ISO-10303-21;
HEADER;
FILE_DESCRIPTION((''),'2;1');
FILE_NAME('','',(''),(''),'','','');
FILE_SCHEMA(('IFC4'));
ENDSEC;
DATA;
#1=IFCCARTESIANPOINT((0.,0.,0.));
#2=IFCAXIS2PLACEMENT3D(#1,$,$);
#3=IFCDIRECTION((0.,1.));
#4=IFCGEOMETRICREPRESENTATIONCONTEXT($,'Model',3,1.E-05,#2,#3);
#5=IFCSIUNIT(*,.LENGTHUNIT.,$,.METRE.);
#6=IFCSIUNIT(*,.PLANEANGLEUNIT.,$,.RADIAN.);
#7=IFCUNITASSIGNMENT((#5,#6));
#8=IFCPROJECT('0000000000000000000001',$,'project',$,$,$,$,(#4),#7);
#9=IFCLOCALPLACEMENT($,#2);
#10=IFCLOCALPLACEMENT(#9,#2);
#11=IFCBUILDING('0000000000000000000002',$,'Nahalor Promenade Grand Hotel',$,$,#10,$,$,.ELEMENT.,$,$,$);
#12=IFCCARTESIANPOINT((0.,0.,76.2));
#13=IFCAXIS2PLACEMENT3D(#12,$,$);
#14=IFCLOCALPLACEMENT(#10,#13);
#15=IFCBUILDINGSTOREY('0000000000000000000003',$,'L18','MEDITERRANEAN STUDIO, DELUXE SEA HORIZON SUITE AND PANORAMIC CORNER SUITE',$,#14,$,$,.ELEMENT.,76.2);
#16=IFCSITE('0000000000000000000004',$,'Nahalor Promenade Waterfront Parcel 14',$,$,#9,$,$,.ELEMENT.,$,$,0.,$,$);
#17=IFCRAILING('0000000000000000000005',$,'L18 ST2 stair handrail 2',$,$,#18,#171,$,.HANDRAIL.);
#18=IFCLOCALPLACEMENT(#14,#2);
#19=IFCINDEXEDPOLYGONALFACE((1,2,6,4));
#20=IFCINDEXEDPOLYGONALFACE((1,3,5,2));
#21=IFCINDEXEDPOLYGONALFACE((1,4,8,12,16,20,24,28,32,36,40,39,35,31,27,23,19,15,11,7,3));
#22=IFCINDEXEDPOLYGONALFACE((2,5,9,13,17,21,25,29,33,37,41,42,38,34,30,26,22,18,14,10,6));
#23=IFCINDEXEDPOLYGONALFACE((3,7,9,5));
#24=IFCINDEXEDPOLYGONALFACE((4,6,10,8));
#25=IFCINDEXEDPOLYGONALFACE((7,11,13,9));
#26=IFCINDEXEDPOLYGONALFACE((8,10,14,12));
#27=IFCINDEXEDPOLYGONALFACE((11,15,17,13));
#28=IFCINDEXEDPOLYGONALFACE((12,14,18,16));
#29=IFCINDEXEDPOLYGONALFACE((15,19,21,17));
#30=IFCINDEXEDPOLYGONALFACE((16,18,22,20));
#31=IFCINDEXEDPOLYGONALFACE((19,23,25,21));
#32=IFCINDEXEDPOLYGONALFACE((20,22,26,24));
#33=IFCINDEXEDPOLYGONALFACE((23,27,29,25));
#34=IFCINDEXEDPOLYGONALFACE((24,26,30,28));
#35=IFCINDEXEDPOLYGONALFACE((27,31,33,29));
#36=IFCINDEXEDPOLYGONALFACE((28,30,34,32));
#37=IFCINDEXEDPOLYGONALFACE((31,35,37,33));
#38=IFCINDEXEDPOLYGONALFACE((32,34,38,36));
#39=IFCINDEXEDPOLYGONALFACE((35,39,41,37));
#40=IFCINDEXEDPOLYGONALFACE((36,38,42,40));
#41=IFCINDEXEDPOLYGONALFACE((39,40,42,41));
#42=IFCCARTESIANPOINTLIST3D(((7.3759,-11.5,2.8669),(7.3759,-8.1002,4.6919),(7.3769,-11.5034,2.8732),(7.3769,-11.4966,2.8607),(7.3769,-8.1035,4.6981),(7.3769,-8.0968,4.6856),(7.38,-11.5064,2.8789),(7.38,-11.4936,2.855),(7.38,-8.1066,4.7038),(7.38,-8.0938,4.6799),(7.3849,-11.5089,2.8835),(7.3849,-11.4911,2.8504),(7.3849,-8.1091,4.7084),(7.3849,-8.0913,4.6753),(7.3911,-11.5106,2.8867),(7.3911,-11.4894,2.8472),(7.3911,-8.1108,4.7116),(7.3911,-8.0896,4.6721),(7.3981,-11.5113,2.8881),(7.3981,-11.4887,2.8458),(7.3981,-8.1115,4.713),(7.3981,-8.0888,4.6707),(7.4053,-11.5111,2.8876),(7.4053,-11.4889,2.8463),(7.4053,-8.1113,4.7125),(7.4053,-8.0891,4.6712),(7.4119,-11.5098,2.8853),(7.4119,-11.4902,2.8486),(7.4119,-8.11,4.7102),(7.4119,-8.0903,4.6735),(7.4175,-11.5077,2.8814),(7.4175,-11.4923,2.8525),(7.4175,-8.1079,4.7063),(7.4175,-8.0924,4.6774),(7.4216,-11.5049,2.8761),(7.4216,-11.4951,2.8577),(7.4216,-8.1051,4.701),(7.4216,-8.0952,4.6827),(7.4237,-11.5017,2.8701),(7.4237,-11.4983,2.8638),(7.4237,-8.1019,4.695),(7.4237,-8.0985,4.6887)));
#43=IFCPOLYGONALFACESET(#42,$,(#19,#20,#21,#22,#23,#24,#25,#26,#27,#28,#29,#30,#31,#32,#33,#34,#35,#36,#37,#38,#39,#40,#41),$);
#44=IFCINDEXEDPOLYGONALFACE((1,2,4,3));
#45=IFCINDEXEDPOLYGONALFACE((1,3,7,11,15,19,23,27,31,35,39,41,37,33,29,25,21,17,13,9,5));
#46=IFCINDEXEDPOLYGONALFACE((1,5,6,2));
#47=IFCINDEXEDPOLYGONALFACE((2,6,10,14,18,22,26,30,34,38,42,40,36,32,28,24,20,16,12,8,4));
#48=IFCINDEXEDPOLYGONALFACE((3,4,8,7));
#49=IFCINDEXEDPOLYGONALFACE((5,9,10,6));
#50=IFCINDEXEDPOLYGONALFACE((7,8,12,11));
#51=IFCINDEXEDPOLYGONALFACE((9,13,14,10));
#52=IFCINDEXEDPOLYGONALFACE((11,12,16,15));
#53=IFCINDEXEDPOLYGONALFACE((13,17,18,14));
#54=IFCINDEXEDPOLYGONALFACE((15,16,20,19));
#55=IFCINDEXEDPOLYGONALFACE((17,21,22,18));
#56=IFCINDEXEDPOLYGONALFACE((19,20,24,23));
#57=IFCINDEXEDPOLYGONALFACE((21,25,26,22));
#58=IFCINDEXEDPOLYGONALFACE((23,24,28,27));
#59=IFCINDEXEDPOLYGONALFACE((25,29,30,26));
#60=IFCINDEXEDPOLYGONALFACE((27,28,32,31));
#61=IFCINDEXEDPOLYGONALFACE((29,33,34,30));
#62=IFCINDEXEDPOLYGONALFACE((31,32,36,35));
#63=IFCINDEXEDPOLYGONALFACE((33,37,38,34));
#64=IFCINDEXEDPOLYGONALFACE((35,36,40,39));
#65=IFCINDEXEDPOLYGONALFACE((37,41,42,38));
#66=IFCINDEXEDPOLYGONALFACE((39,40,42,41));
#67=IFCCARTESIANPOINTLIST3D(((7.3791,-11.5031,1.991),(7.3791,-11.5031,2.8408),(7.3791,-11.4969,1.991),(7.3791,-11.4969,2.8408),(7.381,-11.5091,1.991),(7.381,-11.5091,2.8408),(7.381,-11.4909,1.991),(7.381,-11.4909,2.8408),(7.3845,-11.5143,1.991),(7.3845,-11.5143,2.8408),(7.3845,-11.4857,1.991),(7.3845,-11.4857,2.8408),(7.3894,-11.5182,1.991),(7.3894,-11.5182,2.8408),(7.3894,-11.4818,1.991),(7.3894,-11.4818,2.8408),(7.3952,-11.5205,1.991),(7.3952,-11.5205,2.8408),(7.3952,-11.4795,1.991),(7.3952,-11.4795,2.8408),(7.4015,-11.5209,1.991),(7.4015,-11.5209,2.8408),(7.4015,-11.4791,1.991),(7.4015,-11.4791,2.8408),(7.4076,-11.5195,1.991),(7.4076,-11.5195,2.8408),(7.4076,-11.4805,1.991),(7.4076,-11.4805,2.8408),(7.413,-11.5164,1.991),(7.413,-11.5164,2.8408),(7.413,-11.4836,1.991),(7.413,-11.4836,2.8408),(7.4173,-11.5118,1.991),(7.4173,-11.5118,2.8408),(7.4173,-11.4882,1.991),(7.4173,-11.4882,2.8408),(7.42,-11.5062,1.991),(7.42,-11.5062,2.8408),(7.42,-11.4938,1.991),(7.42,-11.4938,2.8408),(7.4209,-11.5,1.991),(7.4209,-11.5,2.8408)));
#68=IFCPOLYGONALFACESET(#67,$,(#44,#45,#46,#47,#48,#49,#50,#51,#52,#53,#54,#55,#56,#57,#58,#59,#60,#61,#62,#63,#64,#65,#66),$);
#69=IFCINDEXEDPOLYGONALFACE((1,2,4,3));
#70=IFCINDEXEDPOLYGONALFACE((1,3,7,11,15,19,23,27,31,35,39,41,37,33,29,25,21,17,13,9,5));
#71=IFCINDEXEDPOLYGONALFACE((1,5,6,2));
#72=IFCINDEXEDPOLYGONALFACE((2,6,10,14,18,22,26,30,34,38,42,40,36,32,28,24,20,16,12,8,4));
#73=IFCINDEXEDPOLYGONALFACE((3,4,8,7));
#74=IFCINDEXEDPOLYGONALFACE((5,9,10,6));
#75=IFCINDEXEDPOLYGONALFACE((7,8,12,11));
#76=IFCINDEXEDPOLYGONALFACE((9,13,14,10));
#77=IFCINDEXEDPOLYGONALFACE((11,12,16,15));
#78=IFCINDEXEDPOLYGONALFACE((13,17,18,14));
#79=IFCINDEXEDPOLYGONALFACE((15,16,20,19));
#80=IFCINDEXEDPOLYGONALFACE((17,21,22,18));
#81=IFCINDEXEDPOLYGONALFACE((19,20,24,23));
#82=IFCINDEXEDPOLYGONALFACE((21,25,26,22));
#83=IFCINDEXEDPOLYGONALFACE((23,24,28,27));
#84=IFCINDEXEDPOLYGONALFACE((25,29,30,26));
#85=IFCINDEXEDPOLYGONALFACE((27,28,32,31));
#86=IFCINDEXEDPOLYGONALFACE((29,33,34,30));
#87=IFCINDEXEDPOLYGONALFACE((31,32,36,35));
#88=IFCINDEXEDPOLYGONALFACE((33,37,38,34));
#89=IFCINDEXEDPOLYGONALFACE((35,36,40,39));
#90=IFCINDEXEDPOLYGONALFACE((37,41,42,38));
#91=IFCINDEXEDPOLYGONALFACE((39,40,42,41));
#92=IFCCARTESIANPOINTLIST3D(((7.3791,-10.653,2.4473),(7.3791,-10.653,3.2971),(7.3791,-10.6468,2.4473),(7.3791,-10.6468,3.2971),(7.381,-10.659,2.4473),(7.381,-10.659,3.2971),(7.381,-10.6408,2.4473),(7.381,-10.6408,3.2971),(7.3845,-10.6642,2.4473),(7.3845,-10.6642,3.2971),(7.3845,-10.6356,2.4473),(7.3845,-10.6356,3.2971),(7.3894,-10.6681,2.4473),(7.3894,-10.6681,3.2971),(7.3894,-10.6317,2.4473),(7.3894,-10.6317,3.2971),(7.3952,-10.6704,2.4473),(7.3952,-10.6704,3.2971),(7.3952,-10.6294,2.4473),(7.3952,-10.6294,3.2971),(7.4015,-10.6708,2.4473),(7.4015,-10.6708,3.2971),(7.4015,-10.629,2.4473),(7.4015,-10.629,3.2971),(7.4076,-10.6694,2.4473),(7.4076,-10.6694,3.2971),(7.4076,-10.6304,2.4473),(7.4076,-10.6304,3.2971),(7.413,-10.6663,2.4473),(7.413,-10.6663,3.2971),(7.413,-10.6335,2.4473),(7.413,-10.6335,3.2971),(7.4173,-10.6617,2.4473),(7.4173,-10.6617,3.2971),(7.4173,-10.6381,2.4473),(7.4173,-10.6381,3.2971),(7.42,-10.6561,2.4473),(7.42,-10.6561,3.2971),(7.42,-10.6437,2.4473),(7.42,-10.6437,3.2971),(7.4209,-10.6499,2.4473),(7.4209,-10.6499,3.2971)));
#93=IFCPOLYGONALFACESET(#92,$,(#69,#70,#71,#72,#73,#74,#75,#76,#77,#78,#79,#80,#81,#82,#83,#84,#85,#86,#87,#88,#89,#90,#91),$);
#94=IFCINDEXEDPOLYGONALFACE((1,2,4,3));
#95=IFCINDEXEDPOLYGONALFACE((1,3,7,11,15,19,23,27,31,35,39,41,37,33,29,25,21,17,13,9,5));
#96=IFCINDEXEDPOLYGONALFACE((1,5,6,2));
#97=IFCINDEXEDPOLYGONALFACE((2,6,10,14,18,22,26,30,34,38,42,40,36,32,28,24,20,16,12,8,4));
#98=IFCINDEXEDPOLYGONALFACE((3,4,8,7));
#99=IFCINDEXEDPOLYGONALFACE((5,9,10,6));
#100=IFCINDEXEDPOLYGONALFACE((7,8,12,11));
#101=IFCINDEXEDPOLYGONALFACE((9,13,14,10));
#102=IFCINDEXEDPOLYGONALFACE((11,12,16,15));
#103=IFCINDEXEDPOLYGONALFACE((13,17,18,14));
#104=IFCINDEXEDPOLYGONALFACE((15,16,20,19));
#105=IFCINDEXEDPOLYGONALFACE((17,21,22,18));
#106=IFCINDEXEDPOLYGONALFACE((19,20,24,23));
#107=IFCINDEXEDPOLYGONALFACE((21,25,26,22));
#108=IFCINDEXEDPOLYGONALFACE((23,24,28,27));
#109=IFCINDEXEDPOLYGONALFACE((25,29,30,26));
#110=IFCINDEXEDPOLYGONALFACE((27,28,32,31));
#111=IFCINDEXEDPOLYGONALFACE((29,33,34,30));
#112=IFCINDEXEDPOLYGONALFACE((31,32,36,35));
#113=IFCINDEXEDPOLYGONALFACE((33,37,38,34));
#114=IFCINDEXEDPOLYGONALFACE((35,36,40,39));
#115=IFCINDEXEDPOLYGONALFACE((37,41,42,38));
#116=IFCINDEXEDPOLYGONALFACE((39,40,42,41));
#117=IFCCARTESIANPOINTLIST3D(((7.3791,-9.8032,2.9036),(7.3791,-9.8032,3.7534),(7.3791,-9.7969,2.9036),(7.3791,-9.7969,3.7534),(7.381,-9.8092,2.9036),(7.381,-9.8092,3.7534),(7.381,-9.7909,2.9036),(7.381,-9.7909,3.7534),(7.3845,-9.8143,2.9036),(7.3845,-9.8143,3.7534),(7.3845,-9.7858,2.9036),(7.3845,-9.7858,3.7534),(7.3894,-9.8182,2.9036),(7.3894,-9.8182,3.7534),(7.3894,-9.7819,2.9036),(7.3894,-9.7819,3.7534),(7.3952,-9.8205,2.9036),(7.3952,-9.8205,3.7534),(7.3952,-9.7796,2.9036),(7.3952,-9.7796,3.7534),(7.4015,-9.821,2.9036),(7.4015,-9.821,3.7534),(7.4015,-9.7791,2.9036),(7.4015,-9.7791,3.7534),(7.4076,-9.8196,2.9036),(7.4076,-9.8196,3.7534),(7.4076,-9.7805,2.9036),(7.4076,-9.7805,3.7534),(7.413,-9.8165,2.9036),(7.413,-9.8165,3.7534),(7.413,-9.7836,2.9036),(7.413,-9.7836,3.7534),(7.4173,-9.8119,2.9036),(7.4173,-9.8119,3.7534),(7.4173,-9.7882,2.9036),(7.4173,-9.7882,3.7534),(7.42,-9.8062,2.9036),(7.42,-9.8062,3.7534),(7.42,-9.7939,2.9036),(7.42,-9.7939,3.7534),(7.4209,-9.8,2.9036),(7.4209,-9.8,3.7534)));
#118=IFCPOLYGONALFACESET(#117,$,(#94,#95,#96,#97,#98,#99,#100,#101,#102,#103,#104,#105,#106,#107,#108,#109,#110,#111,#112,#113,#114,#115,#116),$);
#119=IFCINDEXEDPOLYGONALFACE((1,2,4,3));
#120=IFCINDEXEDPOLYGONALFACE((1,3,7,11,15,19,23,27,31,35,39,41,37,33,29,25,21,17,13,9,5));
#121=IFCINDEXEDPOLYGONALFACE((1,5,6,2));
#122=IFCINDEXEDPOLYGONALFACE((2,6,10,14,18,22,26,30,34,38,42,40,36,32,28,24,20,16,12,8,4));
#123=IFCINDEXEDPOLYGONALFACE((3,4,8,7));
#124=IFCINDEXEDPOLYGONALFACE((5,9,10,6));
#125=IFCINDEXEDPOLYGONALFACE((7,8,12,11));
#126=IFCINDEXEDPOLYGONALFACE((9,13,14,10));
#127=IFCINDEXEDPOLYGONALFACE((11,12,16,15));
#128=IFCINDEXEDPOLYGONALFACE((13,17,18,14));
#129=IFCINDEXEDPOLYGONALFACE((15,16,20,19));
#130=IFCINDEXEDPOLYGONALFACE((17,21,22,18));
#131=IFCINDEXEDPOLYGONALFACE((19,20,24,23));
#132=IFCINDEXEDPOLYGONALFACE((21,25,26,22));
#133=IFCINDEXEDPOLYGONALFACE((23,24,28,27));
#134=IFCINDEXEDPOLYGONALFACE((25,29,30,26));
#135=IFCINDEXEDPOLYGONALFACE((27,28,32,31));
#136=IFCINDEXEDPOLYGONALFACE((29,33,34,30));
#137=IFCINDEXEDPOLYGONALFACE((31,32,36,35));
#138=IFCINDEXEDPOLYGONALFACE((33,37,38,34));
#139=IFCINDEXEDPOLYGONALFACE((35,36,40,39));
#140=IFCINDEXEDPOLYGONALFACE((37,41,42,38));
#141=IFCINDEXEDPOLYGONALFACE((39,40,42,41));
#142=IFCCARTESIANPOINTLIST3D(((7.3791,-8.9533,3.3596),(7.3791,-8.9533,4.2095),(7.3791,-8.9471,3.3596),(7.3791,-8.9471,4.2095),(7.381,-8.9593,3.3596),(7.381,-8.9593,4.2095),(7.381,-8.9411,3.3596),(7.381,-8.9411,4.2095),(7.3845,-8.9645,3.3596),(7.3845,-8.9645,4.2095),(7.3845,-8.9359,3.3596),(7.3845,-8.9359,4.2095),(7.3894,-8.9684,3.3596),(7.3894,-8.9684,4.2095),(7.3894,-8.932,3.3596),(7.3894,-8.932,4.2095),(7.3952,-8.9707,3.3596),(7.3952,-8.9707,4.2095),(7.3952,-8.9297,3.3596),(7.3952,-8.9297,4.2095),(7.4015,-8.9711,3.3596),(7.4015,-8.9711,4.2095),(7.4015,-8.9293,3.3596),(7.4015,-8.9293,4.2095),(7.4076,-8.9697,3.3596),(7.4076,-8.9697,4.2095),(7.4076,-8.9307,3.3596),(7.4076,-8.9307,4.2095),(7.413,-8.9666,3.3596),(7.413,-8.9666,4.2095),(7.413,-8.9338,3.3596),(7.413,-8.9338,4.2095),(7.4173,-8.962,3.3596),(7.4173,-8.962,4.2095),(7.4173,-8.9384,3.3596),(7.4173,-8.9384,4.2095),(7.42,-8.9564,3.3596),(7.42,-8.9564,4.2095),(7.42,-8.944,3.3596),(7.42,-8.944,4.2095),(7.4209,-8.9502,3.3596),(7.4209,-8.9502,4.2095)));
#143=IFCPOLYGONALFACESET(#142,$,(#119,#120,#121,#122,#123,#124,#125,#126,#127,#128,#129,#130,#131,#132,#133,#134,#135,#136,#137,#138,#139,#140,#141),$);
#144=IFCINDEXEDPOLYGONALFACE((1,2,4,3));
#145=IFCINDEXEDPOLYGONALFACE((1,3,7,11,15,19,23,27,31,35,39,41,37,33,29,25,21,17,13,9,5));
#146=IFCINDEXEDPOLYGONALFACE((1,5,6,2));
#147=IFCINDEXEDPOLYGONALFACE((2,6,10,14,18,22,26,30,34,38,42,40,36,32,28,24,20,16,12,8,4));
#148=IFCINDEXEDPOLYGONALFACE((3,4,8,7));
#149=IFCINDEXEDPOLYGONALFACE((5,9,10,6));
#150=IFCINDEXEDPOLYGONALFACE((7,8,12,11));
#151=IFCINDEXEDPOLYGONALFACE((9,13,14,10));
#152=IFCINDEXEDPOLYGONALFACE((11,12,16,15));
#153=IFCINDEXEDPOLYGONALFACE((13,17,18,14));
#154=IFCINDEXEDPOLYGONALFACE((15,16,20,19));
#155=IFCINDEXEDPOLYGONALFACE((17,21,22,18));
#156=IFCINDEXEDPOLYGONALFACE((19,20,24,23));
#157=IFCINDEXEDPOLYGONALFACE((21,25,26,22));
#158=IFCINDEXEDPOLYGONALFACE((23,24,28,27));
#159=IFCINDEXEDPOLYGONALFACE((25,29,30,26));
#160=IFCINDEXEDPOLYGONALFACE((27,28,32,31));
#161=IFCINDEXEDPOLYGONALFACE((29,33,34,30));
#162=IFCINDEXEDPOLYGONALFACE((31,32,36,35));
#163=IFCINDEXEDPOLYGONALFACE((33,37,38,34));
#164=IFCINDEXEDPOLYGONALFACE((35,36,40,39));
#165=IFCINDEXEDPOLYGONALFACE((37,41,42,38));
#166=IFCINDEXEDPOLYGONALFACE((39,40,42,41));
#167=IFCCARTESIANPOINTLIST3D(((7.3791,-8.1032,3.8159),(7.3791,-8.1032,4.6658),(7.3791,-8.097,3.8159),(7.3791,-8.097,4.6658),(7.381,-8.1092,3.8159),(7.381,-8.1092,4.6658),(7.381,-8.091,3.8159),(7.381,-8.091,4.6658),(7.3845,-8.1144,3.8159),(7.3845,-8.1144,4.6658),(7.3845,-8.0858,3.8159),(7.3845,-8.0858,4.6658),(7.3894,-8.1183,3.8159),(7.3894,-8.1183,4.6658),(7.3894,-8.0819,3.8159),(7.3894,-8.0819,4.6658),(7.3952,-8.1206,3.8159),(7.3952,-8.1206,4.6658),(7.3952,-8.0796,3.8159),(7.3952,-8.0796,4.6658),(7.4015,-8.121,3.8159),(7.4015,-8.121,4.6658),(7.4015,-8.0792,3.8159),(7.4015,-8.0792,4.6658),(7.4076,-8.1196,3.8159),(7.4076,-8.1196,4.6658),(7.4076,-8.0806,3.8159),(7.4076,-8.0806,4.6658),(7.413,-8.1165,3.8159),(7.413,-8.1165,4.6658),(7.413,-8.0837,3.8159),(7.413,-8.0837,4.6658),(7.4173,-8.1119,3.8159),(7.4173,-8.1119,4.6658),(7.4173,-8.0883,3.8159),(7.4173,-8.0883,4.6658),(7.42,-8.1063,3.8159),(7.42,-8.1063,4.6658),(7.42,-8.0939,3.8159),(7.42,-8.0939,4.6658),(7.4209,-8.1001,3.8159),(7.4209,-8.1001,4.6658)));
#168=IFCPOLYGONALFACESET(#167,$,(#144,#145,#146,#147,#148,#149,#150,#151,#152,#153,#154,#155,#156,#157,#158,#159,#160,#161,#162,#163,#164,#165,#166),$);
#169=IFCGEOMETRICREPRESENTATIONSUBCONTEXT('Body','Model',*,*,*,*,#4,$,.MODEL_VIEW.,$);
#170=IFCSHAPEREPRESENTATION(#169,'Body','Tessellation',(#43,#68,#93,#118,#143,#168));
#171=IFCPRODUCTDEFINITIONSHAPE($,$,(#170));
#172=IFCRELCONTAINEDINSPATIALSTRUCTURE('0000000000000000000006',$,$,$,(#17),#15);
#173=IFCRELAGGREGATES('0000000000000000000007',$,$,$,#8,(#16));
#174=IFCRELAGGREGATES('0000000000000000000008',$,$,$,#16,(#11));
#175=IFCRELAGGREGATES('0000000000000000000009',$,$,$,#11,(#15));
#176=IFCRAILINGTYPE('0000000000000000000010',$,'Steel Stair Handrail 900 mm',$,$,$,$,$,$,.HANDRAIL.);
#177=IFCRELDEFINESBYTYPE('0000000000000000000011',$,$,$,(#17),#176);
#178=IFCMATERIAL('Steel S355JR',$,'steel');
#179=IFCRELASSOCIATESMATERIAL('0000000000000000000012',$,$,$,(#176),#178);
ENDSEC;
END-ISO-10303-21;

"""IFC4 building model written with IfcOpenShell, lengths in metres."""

from ifc_helpers import new_model, si_unit, direction, frame, origin, origin_2d, place, context, subcontext, project, spatial, circle, extrude, material, type_object, element, save


model = new_model("IFC4")

# Units and contexts
model_context = context("Model", 3, precision=1e-05, world=origin(), true_north=direction((0.0, 1.0)))
body_context = subcontext(model_context, "Body", "Model", "MODEL_VIEW")
ifc_project = project(units=[si_unit("LENGTHUNIT", "METRE"), si_unit("PLANEANGLEUNIT", "RADIAN")], contexts=[model_context])

# Site, building, storey
site_placement = place(None, origin())
site = spatial("IfcSite", under=ifc_project, at=site_placement, Name="Nahalor Promenade Waterfront Parcel 14", CompositionType="ELEMENT", RefElevation=0.0)
building_placement = place(site_placement, origin())
building = spatial("IfcBuilding", under=site, at=building_placement, Name="Nahalor Promenade Grand Hotel", CompositionType="ELEMENT")
storey_placement = place(building_placement, frame((0.0, 0.0, 76.2)))
storey = spatial("IfcBuildingStorey", under=building, at=storey_placement, Name="L18", Description="MEDITERRANEAN STUDIO, DELUXE SEA HORIZON SUITE AND PANORAMIC CORNER SUITE", CompositionType="ELEMENT", Elevation=76.2)

# Shared definitions
ifc_material_1 = material(Name="Steel S355JR", Category="steel")

# Railing
railing_type_1 = type_object("IfcRailingType", Name="Steel Stair Handrail 900 mm", PredefinedType="HANDRAIL", material=ifc_material_1)
railing_1_placement = place(storey_placement, frame((7.3999, -11.5, 1.991)))
element("IfcRailing", 1, at=railing_1_placement, inside=storey, type_object=railing_type_1, Name="L18 ST2 stair handrail 2", PredefinedType="HANDRAIL", context=body_context, shape_type="SweptSolid", body=[
    extrude(circle(Radius=0.024, at=origin_2d()), frame((0.0, 0.0, 0.876), z_axis=(0.0, 0.881094, 0.472941), x_axis=(-1.0, 0.0, 0.0)), (0.0, 0.0, 1.0), 3.8586),
    extrude(circle(Radius=0.021, at=origin_2d()), origin(), (0.0, 0.0, 1.0), 0.8499),
    extrude(circle(Radius=0.021, at=origin_2d()), frame((0.0, 0.8501, 0.4563)), (0.0, 0.0, 1.0), 0.8499),
    extrude(circle(Radius=0.021, at=origin_2d()), frame((0.0, 1.7, 0.9126)), (0.0, 0.0, 1.0), 0.8499),
    extrude(circle(Radius=0.021, at=origin_2d()), frame((0.0, 2.5498, 1.3687)), (0.0, 0.0, 1.0), 0.8499),
    extrude(circle(Radius=0.021, at=origin_2d()), frame((0.0, 3.3999, 1.825)), (0.0, 0.0, 1.0), 0.8499),
])

save(model, "model.ifc")
